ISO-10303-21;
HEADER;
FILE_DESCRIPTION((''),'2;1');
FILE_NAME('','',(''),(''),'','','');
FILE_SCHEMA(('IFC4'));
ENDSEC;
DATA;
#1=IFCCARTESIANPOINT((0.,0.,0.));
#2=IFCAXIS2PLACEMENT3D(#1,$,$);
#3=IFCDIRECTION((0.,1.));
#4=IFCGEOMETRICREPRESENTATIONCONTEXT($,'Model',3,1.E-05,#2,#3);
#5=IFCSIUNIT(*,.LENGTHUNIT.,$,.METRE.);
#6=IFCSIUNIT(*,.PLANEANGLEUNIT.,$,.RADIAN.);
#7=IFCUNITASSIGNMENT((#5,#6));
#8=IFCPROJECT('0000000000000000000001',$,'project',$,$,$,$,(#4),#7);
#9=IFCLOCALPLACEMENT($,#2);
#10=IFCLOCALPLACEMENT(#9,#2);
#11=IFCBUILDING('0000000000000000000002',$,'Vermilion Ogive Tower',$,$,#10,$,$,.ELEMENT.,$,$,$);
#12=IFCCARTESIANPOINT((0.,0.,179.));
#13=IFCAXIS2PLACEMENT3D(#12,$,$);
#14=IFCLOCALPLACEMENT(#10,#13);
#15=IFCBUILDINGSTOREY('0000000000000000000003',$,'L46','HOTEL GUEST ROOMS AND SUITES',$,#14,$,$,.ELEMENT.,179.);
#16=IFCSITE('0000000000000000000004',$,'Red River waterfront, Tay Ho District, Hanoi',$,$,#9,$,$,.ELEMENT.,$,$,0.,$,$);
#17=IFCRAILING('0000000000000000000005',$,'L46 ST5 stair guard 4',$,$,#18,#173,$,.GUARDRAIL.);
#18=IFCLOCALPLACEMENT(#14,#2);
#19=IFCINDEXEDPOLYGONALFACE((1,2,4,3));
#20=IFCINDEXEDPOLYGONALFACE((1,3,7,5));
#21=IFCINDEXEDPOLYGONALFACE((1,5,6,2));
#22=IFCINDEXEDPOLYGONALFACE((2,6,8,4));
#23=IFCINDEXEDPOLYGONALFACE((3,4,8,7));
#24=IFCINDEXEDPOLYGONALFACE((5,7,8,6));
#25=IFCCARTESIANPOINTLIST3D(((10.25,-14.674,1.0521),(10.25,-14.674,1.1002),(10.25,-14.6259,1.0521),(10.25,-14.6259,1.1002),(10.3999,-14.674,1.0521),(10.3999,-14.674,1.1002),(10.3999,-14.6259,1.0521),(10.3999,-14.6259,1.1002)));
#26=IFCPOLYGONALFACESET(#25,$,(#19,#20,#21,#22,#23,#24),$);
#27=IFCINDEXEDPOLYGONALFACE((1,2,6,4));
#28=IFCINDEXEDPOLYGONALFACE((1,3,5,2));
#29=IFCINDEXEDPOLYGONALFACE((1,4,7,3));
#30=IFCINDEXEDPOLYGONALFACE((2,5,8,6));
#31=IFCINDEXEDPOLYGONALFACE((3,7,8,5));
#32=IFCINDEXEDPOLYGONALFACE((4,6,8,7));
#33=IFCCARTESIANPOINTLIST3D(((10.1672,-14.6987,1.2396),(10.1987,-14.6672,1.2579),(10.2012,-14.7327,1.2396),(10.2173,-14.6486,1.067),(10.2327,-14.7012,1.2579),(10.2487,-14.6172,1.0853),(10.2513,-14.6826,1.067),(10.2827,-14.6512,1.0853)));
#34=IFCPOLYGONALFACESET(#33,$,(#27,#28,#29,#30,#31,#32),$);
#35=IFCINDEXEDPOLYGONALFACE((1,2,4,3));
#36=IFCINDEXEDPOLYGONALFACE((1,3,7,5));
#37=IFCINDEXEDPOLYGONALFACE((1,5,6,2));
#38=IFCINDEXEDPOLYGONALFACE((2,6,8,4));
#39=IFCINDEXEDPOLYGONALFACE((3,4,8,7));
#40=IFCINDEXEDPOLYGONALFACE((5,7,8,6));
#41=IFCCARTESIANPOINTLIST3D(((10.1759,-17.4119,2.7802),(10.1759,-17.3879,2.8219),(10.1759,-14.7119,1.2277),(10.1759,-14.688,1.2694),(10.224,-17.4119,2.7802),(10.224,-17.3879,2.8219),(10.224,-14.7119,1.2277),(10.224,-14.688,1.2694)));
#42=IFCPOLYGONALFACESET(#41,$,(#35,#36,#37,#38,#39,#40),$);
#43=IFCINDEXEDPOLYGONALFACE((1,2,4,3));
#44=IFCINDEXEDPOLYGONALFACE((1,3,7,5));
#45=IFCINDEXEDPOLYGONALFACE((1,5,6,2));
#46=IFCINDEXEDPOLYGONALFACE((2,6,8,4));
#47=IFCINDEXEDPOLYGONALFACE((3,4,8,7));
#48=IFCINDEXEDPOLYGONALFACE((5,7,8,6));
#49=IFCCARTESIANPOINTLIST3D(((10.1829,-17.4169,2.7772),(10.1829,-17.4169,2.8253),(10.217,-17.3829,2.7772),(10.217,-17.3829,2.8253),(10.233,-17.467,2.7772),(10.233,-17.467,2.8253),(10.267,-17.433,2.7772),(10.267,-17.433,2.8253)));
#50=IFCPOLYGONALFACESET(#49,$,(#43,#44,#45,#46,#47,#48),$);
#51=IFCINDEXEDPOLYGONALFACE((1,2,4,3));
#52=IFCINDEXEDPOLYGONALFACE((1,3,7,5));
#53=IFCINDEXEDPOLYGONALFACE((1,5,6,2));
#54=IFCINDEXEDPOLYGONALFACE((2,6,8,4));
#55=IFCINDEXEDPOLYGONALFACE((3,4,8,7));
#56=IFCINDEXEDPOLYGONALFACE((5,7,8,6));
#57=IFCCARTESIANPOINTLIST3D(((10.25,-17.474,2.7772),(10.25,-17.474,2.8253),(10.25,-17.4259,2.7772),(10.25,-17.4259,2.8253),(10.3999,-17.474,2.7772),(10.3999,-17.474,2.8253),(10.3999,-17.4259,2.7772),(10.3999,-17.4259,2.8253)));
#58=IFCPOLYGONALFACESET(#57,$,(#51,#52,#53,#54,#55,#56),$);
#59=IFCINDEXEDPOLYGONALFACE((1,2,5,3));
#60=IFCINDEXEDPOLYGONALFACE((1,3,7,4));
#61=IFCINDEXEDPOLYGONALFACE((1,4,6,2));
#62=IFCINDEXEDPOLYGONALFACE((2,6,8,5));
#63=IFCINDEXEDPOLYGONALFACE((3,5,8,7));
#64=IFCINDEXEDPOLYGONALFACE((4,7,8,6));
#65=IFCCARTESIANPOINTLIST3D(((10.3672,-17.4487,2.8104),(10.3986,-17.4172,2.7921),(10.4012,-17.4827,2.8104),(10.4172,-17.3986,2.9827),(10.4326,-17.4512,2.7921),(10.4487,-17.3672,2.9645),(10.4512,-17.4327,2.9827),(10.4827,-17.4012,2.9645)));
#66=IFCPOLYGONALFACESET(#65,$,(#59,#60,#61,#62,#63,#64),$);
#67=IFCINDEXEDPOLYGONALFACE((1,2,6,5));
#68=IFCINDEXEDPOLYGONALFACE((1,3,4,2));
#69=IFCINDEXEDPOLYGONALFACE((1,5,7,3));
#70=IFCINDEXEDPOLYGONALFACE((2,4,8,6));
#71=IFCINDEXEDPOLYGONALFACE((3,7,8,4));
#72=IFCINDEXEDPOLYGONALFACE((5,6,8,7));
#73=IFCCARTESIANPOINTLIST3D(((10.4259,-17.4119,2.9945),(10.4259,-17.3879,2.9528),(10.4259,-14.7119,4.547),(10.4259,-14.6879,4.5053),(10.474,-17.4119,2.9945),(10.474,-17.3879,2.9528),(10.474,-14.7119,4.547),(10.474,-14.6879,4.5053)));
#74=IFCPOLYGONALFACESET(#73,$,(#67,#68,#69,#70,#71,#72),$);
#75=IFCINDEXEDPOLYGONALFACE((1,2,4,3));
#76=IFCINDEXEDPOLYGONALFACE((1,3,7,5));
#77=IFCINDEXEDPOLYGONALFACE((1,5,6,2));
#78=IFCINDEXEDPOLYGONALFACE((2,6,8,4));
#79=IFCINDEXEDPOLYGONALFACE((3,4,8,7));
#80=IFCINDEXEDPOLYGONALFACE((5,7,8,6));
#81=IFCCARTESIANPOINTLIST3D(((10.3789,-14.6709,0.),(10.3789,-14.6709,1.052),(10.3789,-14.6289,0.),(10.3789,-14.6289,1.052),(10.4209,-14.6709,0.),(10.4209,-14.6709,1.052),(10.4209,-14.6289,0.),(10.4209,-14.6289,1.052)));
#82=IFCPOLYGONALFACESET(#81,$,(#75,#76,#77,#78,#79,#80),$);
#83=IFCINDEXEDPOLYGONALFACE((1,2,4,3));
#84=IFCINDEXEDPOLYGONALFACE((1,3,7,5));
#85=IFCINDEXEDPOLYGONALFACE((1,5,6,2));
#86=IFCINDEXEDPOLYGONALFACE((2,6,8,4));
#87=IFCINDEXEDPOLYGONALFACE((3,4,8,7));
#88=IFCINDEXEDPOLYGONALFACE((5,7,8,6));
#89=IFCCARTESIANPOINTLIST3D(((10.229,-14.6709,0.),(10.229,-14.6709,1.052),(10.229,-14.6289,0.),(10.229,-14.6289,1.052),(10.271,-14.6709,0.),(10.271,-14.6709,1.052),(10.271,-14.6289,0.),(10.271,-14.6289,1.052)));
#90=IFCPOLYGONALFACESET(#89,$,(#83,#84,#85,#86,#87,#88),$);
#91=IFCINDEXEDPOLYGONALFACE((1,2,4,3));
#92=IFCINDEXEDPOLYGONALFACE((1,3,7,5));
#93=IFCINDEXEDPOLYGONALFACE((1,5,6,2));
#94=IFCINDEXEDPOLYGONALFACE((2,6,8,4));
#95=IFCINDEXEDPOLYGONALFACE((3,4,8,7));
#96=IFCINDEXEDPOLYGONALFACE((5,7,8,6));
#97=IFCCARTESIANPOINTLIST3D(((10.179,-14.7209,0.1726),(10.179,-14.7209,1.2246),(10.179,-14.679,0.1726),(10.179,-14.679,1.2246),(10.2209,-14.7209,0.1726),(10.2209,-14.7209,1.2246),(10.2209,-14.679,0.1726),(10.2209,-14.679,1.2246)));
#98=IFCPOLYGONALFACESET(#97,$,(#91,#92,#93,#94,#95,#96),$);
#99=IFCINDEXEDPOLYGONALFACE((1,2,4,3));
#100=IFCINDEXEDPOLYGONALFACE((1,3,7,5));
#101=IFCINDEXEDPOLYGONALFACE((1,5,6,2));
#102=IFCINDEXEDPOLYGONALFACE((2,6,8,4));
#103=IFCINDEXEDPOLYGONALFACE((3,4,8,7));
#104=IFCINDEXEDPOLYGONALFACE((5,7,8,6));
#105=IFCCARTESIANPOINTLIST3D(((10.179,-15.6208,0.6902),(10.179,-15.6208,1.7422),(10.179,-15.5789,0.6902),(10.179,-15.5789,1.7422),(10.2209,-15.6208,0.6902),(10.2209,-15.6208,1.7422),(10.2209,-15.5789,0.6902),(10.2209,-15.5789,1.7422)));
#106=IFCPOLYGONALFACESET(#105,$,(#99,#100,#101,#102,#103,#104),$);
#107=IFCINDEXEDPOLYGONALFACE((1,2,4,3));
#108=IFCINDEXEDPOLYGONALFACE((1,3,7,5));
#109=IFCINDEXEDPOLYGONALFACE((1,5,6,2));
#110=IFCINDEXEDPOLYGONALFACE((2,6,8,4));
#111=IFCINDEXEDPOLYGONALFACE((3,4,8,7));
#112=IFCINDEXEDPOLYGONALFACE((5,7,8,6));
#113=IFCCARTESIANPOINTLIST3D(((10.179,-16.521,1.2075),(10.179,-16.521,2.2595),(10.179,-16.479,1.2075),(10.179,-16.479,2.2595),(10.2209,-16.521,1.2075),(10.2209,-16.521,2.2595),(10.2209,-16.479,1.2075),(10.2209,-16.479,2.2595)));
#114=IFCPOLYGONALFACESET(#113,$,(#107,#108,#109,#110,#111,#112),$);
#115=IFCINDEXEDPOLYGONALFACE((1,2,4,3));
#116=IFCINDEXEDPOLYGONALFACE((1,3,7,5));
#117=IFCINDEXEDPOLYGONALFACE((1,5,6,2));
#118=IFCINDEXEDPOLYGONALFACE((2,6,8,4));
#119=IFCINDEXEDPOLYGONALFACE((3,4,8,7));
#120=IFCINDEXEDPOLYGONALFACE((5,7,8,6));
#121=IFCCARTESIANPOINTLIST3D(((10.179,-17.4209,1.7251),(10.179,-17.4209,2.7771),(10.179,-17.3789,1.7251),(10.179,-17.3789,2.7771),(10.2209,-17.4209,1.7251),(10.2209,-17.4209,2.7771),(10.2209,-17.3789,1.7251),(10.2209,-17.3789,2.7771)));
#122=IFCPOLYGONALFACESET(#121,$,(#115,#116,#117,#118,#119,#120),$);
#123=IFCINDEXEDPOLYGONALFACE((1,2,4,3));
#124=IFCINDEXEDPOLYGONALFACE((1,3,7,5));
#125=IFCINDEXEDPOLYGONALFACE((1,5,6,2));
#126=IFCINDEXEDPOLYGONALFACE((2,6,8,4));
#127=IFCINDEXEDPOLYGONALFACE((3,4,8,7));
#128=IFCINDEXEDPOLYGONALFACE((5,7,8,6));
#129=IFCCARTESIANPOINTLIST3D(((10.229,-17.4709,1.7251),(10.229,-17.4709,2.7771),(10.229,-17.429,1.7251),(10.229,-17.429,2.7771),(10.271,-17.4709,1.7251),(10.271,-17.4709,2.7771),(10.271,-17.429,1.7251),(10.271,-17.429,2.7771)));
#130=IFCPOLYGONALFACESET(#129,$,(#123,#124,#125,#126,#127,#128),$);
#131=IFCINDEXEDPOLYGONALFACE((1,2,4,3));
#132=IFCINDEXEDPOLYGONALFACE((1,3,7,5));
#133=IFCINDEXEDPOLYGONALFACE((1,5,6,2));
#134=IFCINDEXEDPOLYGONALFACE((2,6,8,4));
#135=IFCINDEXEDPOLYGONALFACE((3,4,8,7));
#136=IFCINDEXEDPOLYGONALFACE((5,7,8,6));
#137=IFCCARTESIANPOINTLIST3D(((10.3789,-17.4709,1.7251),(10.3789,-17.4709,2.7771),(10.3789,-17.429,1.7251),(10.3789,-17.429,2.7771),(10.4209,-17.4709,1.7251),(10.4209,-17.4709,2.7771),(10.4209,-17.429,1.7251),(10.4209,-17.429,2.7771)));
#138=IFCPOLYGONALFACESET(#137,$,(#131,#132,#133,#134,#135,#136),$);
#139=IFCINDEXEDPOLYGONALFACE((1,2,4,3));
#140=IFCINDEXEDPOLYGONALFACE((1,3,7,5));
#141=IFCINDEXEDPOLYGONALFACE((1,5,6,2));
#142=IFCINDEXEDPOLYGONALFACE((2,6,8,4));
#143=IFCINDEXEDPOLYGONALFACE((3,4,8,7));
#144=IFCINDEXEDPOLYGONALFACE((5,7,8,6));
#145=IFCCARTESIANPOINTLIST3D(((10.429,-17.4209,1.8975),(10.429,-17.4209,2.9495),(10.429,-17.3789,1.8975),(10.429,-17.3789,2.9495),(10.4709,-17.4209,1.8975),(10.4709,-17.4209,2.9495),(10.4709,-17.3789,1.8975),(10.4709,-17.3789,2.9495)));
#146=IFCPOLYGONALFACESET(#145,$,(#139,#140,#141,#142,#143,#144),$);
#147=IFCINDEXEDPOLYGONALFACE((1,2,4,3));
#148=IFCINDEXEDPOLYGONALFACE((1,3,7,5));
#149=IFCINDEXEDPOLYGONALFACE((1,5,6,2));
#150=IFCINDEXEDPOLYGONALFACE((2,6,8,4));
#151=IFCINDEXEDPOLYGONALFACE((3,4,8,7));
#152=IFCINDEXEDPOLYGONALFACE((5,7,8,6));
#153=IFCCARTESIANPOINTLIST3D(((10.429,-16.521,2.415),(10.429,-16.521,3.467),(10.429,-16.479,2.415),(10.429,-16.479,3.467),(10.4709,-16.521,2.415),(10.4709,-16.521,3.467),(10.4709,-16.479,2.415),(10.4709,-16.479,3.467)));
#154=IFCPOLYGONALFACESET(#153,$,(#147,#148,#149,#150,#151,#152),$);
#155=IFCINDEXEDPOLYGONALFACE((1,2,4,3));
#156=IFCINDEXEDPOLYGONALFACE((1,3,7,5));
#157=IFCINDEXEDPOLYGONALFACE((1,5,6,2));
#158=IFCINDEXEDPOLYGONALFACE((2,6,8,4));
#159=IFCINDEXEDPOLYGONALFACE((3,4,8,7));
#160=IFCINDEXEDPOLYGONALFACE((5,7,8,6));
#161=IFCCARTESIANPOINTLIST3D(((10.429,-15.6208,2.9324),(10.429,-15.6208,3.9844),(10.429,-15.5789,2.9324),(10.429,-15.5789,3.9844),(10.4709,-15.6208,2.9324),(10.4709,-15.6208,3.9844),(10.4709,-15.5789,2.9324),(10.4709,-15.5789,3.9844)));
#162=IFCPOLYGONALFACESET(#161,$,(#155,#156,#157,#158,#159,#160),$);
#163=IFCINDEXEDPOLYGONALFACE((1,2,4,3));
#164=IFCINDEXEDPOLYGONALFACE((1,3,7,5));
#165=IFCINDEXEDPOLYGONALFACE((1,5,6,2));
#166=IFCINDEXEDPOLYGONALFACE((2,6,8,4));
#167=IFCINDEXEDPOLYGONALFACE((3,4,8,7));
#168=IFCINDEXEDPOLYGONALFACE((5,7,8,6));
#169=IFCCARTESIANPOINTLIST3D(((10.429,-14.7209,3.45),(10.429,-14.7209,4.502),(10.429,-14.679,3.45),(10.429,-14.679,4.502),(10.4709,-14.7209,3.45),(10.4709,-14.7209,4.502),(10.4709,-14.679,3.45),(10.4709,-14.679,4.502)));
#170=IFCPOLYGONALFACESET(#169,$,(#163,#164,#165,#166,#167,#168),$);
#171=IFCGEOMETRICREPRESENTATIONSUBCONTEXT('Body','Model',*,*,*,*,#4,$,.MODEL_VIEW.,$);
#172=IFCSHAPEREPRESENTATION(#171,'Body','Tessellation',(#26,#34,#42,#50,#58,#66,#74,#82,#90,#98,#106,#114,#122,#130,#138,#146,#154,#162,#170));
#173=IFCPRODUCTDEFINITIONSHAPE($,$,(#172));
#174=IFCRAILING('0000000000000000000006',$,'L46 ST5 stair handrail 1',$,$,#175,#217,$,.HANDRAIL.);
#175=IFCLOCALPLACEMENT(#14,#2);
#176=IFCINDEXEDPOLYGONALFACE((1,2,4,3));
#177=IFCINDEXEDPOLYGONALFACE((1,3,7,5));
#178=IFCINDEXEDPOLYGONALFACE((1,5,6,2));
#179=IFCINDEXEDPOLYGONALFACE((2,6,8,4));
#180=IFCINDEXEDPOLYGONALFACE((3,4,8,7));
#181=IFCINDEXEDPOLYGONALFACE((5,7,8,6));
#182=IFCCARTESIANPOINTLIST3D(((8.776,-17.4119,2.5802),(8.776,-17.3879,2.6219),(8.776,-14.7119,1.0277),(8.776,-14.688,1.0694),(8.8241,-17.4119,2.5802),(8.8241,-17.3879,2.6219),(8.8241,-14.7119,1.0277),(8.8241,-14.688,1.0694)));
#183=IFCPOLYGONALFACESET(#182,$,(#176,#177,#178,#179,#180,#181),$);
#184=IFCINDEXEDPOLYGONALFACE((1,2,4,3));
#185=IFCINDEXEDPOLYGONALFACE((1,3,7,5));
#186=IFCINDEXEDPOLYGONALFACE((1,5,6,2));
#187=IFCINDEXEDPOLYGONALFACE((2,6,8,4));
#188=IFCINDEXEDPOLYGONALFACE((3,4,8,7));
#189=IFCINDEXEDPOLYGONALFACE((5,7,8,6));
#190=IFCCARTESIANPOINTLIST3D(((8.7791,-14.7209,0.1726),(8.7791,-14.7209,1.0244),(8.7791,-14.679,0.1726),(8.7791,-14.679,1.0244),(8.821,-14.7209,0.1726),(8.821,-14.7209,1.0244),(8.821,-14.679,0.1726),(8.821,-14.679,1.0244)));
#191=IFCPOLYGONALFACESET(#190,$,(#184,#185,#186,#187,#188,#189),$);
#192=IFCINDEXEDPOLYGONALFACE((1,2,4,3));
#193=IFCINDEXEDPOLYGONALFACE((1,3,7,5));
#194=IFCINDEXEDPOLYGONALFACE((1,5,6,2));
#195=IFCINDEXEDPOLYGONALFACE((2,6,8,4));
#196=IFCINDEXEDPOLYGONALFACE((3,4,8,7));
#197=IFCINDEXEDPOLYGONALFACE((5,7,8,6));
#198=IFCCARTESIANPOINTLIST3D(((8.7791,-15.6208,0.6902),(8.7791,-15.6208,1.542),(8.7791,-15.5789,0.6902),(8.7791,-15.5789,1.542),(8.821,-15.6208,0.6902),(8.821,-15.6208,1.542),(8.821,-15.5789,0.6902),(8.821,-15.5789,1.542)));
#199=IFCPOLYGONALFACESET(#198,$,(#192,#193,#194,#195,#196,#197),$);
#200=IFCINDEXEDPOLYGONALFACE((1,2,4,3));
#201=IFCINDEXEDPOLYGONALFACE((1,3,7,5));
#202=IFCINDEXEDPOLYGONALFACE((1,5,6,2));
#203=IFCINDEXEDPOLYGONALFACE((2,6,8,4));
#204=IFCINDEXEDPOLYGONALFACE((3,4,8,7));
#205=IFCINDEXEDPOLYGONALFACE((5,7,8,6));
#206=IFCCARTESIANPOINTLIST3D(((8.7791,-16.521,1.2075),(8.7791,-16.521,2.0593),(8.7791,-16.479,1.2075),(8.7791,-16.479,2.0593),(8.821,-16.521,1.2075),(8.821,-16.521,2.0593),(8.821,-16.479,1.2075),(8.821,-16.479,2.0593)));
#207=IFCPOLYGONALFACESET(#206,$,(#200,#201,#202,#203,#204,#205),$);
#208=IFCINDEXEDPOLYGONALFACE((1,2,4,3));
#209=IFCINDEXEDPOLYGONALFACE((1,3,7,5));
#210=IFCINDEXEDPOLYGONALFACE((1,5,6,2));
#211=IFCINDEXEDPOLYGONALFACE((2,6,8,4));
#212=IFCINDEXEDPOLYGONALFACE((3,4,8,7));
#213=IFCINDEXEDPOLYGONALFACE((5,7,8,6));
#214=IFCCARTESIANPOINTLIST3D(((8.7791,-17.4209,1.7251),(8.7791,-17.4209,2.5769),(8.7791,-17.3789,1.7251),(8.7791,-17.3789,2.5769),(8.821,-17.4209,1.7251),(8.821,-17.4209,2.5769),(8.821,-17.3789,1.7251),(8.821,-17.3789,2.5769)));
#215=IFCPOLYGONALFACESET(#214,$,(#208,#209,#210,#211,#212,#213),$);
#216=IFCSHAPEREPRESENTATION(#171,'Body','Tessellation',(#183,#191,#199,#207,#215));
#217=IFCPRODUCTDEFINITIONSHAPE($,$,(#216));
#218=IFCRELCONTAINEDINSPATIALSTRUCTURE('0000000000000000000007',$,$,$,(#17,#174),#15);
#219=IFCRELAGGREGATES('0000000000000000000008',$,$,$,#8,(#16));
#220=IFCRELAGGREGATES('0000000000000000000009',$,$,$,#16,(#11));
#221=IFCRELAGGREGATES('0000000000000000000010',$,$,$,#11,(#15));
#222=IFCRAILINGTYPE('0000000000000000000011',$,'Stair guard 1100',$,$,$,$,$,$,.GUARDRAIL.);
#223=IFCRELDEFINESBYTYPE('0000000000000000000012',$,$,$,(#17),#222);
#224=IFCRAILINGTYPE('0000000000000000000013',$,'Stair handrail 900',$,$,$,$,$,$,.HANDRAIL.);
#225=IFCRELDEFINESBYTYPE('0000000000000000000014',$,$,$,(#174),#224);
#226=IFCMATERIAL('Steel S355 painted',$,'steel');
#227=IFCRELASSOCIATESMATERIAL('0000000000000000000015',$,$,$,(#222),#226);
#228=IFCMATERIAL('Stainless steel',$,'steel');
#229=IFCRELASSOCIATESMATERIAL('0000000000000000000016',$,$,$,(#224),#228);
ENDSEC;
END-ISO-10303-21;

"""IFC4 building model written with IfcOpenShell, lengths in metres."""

from ifc_helpers import new_model, si_unit, direction, frame, origin, origin_2d, place, context, subcontext, project, spatial, rectangle, extrude, material, type_object, element, save


model = new_model("IFC4")

# Units and contexts
model_context = context("Model", 3, precision=1e-05, world=origin(), true_north=direction((0.0, 1.0)))
body_context = subcontext(model_context, "Body", "Model", "MODEL_VIEW")
ifc_project = project(units=[si_unit("LENGTHUNIT", "METRE"), si_unit("PLANEANGLEUNIT", "RADIAN")], contexts=[model_context])

# Site, building, storey
site_placement = place(None, origin())
site = spatial("IfcSite", under=ifc_project, at=site_placement, Name="Red River waterfront, Tay Ho District, Hanoi", CompositionType="ELEMENT", RefElevation=0.0)
building_placement = place(site_placement, origin())
building = spatial("IfcBuilding", under=site, at=building_placement, Name="Vermilion Ogive Tower", CompositionType="ELEMENT")
storey_placement = place(building_placement, frame((0.0, 0.0, 179.0)))
storey = spatial("IfcBuildingStorey", under=building, at=storey_placement, Name="L46", Description="HOTEL GUEST ROOMS AND SUITES", CompositionType="ELEMENT", Elevation=179.0)

# Railings
ifc_material_1 = material(Name="Steel S355 painted", Category="steel")
railing_type_1 = type_object("IfcRailingType", Name="Stair guard 1100", PredefinedType="GUARDRAIL", material=ifc_material_1)
railing_1_placement = place(storey_placement, frame((10.3999, -14.6499, 0.0)))
element("IfcRailing", 1, at=railing_1_placement, inside=storey, type_object=railing_type_1, Name="L46 ST5 stair guard 4", PredefinedType="GUARDRAIL", context=body_context, shape_type="SweptSolid", body=[
    extrude(rectangle(XDim=0.0481, YDim=0.0481, at=origin_2d()), frame((0.0, 0.0, 1.0762), z_axis=(-1.0, 0.0, 0.0), x_axis=(0.0, -1.0, 0.0)), (0.0, 0.0, 1.0), 0.1499),
    extrude(rectangle(XDim=0.0481, YDim=0.0481, at=origin_2d()), frame((-0.1499, 0.0, 1.0762), z_axis=(-0.268278, -0.268278, 0.925232), x_axis=(0.707107, -0.707107, 0.0)), (0.0, 0.0, 1.0), 0.1865),
    extrude(rectangle(XDim=0.0481, YDim=0.0481, at=origin_2d()), frame((-0.2, -0.05, 1.2485), z_axis=(0.0, -0.866904, 0.498476), x_axis=(1.0, 0.0, 0.0)), (0.0, 0.0, 1.0), 3.1145),
    extrude(rectangle(XDim=0.0481, YDim=0.0481, at=origin_2d()), frame((-0.2, -2.75, 2.8013), z_axis=(0.707107, -0.707107, 0.0), x_axis=(0.707107, 0.707107, 0.0)), (0.0, 0.0, 1.0), 0.0708),
    extrude(rectangle(XDim=0.0481, YDim=0.0481, at=origin_2d()), frame((-0.1499, -2.8, 2.8013), z_axis=(1.0, 0.0, 0.0), x_axis=(0.0, 1.0, 0.0)), (0.0, 0.0, 1.0), 0.1499),
    extrude(rectangle(XDim=0.0481, YDim=0.0481, at=origin_2d()), frame((0.0, -2.8, 2.8013), z_axis=(0.268603, 0.268603, 0.925043), x_axis=(-0.707107, 0.707107, 0.0)), (0.0, 0.0, 1.0), 0.1863),
    extrude(rectangle(XDim=0.0481, YDim=0.0481, at=origin_2d()), frame((0.05, -2.75, 2.9736), z_axis=(0.0, 0.866904, 0.498476), x_axis=(-1.0, 0.0, 0.0)), (0.0, 0.0, 1.0), 3.1145),
    extrude(rectangle(XDim=0.042, YDim=0.042, at=origin_2d()), origin(), (0.0, 0.0, 1.0), 1.052),
    extrude(rectangle(XDim=0.042, YDim=0.042, at=origin_2d()), frame((-0.1499, 0.0, 0.0)), (0.0, 0.0, 1.0), 1.052),
    extrude(rectangle(XDim=0.042, YDim=0.042, at=origin_2d()), frame((-0.2, -0.05, 0.1726)), (0.0, 0.0, 1.0), 1.052),
    extrude(rectangle(XDim=0.042, YDim=0.042, at=origin_2d()), frame((-0.2, -0.95, 0.6902)), (0.0, 0.0, 1.0), 1.052),
    extrude(rectangle(XDim=0.042, YDim=0.042, at=origin_2d()), frame((-0.2, -1.8501, 1.2075)), (0.0, 0.0, 1.0), 1.052),
    extrude(rectangle(XDim=0.042, YDim=0.042, at=origin_2d()), frame((-0.2, -2.75, 1.7251)), (0.0, 0.0, 1.0), 1.052),
    extrude(rectangle(XDim=0.042, YDim=0.042, at=origin_2d()), frame((-0.1499, -2.8, 1.7251)), (0.0, 0.0, 1.0), 1.052),
    extrude(rectangle(XDim=0.042, YDim=0.042, at=origin_2d()), frame((0.0, -2.8, 1.7251)), (0.0, 0.0, 1.0), 1.052),
    extrude(rectangle(XDim=0.042, YDim=0.042, at=origin_2d()), frame((0.05, -2.75, 1.8975)), (0.0, 0.0, 1.0), 1.052),
    extrude(rectangle(XDim=0.042, YDim=0.042, at=origin_2d()), frame((0.05, -1.8501, 2.415)), (0.0, 0.0, 1.0), 1.052),
    extrude(rectangle(XDim=0.042, YDim=0.042, at=origin_2d()), frame((0.05, -0.95, 2.9324)), (0.0, 0.0, 1.0), 1.052),
    extrude(rectangle(XDim=0.042, YDim=0.042, at=origin_2d()), frame((0.05, -0.05, 3.45)), (0.0, 0.0, 1.0), 1.052),
])
ifc_material_2 = material(Name="Stainless steel", Category="steel")
railing_type_2 = type_object("IfcRailingType", Name="Stair handrail 900", PredefinedType="HANDRAIL", material=ifc_material_2)
railing_2_placement = place(storey_placement, frame((8.8, -14.7, 0.1726)))
element("IfcRailing", 2, at=railing_2_placement, inside=storey, type_object=railing_type_2, Name="L46 ST5 stair handrail 1", PredefinedType="HANDRAIL", context=body_context, shape_type="SweptSolid", body=[
    extrude(rectangle(XDim=0.0481, YDim=0.0481, at=origin_2d()), frame((0.0, 0.0, 0.876), z_axis=(0.0, -0.866904, 0.498476), x_axis=(1.0, 0.0, 0.0)), (0.0, 0.0, 1.0), 3.1145),
    extrude(rectangle(XDim=0.042, YDim=0.042, at=origin_2d()), origin(), (0.0, 0.0, 1.0), 0.8518),
    extrude(rectangle(XDim=0.042, YDim=0.042, at=origin_2d()), frame((0.0, -0.8999, 0.5176)), (0.0, 0.0, 1.0), 0.8518),
    extrude(rectangle(XDim=0.042, YDim=0.042, at=origin_2d()), frame((0.0, -1.8, 1.0349)), (0.0, 0.0, 1.0), 0.8518),
    extrude(rectangle(XDim=0.042, YDim=0.042, at=origin_2d()), frame((0.0, -2.7, 1.5525)), (0.0, 0.0, 1.0), 0.8518),
])

save(model, "model.ifc")
